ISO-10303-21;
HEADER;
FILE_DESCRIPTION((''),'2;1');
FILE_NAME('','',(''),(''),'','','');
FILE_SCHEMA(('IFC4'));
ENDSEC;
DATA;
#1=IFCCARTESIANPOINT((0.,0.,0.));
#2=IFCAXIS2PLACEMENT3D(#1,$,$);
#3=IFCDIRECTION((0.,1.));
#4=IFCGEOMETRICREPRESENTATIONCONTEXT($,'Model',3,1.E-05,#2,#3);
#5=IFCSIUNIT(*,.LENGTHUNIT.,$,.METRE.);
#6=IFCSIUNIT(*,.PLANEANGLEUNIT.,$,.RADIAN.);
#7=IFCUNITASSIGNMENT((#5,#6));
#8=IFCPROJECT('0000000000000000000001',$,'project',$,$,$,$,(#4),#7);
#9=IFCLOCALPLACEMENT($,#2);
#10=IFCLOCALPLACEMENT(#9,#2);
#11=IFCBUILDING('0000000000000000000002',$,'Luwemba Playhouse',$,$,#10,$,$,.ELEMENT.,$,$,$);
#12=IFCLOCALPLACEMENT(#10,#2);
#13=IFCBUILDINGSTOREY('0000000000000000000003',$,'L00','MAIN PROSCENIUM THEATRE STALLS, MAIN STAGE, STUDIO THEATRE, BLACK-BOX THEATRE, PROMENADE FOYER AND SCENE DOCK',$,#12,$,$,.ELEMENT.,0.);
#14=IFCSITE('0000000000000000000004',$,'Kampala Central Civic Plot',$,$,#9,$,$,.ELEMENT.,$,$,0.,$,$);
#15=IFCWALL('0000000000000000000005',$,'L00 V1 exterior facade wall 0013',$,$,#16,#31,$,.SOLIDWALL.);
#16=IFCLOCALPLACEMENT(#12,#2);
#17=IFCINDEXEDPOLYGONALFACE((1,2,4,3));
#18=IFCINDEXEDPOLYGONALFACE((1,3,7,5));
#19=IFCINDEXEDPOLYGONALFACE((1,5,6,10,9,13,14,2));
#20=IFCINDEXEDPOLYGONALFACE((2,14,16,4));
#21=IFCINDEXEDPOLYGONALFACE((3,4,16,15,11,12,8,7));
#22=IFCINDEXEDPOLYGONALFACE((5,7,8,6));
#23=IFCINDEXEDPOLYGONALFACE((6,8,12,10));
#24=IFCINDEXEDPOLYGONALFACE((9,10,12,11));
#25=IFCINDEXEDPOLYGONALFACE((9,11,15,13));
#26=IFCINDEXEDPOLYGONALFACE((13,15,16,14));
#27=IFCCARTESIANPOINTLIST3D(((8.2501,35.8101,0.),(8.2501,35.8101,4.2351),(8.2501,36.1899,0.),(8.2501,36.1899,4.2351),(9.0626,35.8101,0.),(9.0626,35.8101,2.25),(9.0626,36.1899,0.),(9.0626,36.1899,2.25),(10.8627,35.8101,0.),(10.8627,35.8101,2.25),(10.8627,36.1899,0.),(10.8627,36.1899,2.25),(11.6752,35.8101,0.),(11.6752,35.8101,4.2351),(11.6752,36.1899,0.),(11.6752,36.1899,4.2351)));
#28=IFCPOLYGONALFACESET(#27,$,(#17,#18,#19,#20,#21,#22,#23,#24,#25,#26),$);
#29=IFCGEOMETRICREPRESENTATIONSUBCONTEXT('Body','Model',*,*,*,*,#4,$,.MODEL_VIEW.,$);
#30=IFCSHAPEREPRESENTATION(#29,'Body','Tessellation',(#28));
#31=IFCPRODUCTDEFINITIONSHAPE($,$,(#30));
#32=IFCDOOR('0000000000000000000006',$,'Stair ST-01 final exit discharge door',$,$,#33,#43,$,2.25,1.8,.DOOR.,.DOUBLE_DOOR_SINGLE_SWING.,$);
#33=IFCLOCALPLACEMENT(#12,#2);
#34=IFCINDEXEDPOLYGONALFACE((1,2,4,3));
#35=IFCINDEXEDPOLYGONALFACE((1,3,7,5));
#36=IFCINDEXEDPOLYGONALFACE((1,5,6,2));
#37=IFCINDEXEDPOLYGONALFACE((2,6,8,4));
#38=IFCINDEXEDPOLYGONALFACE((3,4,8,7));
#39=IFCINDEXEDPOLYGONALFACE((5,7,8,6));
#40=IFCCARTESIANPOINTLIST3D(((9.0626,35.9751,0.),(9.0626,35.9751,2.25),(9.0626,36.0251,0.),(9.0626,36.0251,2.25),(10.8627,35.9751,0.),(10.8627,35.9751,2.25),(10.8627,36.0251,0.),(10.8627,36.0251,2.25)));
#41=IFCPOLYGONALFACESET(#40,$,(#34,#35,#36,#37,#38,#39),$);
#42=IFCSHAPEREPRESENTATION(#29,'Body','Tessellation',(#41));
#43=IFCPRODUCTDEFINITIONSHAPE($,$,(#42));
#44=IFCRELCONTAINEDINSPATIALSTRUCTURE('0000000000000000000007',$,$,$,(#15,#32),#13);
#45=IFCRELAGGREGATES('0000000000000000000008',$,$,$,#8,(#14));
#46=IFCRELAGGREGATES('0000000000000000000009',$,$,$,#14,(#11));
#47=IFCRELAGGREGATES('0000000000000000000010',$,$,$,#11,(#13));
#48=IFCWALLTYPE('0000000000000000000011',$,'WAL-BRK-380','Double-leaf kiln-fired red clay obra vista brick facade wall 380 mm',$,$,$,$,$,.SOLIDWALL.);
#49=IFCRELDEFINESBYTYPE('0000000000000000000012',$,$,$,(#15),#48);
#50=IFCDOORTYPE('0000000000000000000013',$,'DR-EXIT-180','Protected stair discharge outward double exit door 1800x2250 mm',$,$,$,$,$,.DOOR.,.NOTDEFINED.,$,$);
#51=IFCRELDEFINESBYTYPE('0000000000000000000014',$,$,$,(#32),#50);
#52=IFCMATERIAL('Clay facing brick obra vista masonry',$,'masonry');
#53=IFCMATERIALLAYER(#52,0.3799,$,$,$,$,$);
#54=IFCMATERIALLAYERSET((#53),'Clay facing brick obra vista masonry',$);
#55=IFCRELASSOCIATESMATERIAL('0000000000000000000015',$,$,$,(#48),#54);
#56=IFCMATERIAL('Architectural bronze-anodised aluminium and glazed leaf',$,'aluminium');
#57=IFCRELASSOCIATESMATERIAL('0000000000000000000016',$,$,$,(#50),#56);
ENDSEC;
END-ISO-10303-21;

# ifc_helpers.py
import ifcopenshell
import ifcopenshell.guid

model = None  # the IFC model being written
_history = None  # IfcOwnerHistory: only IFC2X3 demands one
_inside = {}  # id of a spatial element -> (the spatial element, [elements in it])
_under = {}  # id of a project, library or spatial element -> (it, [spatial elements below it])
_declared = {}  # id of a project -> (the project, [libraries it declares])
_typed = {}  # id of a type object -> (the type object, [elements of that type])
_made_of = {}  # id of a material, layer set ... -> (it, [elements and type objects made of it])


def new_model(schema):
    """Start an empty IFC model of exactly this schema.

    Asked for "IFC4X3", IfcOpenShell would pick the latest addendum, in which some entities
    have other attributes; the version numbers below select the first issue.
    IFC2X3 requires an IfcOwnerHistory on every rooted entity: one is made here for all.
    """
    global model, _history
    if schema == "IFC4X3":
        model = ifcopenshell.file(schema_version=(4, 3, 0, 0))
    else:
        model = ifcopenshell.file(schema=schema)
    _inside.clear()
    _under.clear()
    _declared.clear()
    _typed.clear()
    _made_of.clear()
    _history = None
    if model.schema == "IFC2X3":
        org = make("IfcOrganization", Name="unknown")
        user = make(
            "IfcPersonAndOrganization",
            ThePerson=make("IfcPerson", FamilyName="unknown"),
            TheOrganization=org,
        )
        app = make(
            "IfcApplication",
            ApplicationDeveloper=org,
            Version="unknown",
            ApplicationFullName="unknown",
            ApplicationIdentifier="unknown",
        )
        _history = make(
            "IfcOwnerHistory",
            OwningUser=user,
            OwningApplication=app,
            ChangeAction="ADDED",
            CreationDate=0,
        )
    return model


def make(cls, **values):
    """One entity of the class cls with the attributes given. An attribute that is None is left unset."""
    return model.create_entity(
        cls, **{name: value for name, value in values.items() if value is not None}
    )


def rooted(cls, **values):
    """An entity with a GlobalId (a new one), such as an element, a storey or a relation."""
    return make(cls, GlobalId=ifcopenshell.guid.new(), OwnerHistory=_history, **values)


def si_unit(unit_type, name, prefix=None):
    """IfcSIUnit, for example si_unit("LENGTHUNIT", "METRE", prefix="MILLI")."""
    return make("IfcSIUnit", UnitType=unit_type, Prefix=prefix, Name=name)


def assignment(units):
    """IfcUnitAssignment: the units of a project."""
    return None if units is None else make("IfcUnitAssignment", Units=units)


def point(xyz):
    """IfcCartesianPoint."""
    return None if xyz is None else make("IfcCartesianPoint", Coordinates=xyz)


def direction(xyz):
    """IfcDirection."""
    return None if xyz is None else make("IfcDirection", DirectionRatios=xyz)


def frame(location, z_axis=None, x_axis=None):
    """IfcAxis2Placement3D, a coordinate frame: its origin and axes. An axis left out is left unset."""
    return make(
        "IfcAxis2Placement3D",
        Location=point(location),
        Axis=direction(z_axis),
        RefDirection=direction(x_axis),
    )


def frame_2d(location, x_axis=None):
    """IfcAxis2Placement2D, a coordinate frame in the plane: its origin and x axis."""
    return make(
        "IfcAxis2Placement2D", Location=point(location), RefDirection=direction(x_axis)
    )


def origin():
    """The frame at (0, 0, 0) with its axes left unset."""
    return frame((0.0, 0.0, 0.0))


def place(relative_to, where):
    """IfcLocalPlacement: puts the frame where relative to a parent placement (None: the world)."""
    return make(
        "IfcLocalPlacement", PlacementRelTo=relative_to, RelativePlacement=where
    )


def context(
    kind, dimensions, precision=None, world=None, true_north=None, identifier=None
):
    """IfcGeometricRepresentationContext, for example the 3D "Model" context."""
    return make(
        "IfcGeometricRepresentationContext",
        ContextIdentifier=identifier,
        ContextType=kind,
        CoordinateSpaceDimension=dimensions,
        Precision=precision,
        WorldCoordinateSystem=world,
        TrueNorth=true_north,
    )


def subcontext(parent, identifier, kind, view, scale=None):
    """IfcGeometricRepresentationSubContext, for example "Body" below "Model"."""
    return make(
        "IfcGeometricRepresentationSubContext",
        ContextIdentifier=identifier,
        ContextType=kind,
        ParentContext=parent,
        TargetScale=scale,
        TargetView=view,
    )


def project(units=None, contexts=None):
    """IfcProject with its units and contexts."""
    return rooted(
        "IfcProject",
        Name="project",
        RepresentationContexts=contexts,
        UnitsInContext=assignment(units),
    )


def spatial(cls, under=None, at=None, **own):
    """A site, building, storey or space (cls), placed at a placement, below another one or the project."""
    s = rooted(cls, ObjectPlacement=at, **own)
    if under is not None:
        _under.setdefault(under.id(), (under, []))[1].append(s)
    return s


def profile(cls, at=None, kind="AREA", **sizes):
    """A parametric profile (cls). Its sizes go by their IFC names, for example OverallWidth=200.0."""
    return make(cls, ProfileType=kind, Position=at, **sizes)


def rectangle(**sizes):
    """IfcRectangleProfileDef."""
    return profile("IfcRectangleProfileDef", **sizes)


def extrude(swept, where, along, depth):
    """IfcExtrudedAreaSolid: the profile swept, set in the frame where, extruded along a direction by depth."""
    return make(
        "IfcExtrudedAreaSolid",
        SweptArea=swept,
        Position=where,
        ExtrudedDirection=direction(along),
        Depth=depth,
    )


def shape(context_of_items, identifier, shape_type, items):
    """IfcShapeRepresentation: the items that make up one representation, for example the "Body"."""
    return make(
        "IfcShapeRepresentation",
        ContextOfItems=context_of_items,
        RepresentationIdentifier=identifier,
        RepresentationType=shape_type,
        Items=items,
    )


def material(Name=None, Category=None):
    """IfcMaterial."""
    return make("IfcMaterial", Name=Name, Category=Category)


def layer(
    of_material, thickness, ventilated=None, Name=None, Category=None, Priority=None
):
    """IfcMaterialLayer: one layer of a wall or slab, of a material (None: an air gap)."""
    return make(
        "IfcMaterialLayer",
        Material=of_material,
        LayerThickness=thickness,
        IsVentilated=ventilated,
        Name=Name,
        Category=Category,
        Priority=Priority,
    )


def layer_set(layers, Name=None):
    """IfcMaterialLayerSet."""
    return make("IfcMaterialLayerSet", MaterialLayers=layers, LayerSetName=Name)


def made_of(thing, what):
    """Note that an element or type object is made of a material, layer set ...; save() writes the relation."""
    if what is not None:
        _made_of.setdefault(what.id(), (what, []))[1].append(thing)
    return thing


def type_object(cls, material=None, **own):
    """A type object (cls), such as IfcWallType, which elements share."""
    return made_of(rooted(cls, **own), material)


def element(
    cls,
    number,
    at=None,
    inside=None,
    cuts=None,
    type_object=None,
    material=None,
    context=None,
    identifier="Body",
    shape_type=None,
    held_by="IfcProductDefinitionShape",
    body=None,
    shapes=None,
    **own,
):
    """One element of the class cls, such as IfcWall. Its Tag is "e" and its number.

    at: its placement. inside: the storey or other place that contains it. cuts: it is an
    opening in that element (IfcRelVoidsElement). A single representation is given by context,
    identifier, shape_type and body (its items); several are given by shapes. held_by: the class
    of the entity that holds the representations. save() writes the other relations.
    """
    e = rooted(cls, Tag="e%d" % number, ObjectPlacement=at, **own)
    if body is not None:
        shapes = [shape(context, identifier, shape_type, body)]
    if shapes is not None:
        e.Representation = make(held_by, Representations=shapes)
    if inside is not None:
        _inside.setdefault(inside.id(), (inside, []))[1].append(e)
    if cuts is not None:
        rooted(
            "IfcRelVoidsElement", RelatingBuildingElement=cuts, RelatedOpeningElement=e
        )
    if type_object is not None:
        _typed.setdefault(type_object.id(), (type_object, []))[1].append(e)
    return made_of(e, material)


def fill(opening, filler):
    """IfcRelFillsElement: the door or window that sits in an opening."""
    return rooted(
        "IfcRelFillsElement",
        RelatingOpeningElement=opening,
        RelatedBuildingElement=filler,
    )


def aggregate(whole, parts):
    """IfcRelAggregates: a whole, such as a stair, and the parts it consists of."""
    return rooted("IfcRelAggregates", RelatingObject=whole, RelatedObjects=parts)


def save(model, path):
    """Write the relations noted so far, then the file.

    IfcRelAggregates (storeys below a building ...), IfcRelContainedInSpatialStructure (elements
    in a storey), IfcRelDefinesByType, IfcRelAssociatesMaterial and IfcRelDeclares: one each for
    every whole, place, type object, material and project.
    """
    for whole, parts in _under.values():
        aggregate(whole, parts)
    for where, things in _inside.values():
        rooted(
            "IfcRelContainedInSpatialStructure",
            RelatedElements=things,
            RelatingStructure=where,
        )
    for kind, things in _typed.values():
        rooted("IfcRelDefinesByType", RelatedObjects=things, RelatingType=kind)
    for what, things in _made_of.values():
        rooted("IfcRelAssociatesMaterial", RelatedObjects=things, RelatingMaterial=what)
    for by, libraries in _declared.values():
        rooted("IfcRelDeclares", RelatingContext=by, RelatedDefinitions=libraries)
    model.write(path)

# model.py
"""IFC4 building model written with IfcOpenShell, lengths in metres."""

from ifc_helpers import new_model, si_unit, direction, frame, frame_2d, origin, place, context, subcontext, project, spatial, rectangle, extrude, material, layer, layer_set, type_object, element, fill, save


model = new_model("IFC4")

# Units and contexts
model_context = context("Model", 3, precision=1e-05, world=origin(), true_north=direction((0.0, 1.0)))
body_context = subcontext(model_context, "Body", "Model", "MODEL_VIEW")
ifc_project = project(units=[si_unit("LENGTHUNIT", "METRE"), si_unit("PLANEANGLEUNIT", "RADIAN")], contexts=[model_context])

# Site, building, storey
site_placement = place(None, origin())
site = spatial("IfcSite", under=ifc_project, at=site_placement, Name="Kampala Central Civic Plot", CompositionType="ELEMENT", RefElevation=0.0)
building_placement = place(site_placement, origin())
building = spatial("IfcBuilding", under=site, at=building_placement, Name="Luwemba Playhouse", CompositionType="ELEMENT")
storey_placement = place(building_placement, origin())
storey = spatial("IfcBuildingStorey", under=building, at=storey_placement, Name="L00", Description="MAIN PROSCENIUM THEATRE STALLS, MAIN STAGE, STUDIO THEATRE, BLACK-BOX THEATRE, PROMENADE FOYER AND SCENE DOCK", CompositionType="ELEMENT", Elevation=0.0)

# Wall, opening, door
ifc_material_1 = material(Name="Clay facing brick obra vista masonry", Category="masonry")
ifc_layer_1 = layer(ifc_material_1, 0.3799)
ifc_layer_set_1 = layer_set([ifc_layer_1], Name="Clay facing brick obra vista masonry")
wall_type = type_object("IfcWallType", Name="WAL-BRK-380", Description="Double-leaf kiln-fired red clay obra vista brick facade wall 380 mm", PredefinedType="SOLIDWALL", material=ifc_layer_set_1)
wall_placement = place(storey_placement, frame((11.675, 36.0, 0.0), z_axis=(0.0, 0.0, 1.0), x_axis=(-1.0, 0.0, 0.0)))
wall = element("IfcWall", 1, at=wall_placement, inside=storey, type_object=wall_type, Name="L00 V1 exterior facade wall 0013", PredefinedType="SOLIDWALL", context=body_context, shape_type="SweptSolid", body=[
    extrude(rectangle(XDim=3.425, YDim=0.3799, at=frame_2d((1.7124, 0.0))), origin(), (0.0, 0.0, 1.0), 4.2351),
])
opening_placement = place(wall_placement, frame((0.8125, 0.0, 0.0)))
opening = element("IfcOpeningElement", 2, at=opening_placement, cuts=wall, PredefinedType="OPENING", context=body_context, shape_type="SweptSolid", body=[
    extrude(rectangle(XDim=1.8, YDim=2.25, at=frame_2d((0.8999, 1.125))), frame((0.0, 0.2, 0.0), z_axis=(0.0, -1.0, 0.0), x_axis=(1.0, 0.0, 0.0)), (0.0, 0.0, 1.0), 0.3999),
])
ifc_material_2 = material(Name="Architectural bronze-anodised aluminium and glazed leaf", Category="aluminium")
door_type = type_object("IfcDoorType", Name="DR-EXIT-180", Description="Protected stair discharge outward double exit door 1800x2250 mm", OperationType="NOTDEFINED", PredefinedType="DOOR", material=ifc_material_2)
door_placement = place(opening_placement, origin())
door = element("IfcDoor", 3, at=door_placement, inside=storey, type_object=door_type, Name="Stair ST-01 final exit discharge door", OperationType="DOUBLE_DOOR_SINGLE_SWING", OverallHeight=2.25, OverallWidth=1.8, PredefinedType="DOOR", context=body_context, shape_type="SweptSolid", body=[
    extrude(rectangle(XDim=1.8, YDim=2.25, at=frame_2d((0.8999, 1.125))), frame((0.0, 0.0249, 0.0), z_axis=(0.0, -1.0, 0.0), x_axis=(1.0, 0.0, 0.0)), (0.0, 0.0, 1.0), 0.05),
])
fill(opening, door)

save(model, "model.ifc")
